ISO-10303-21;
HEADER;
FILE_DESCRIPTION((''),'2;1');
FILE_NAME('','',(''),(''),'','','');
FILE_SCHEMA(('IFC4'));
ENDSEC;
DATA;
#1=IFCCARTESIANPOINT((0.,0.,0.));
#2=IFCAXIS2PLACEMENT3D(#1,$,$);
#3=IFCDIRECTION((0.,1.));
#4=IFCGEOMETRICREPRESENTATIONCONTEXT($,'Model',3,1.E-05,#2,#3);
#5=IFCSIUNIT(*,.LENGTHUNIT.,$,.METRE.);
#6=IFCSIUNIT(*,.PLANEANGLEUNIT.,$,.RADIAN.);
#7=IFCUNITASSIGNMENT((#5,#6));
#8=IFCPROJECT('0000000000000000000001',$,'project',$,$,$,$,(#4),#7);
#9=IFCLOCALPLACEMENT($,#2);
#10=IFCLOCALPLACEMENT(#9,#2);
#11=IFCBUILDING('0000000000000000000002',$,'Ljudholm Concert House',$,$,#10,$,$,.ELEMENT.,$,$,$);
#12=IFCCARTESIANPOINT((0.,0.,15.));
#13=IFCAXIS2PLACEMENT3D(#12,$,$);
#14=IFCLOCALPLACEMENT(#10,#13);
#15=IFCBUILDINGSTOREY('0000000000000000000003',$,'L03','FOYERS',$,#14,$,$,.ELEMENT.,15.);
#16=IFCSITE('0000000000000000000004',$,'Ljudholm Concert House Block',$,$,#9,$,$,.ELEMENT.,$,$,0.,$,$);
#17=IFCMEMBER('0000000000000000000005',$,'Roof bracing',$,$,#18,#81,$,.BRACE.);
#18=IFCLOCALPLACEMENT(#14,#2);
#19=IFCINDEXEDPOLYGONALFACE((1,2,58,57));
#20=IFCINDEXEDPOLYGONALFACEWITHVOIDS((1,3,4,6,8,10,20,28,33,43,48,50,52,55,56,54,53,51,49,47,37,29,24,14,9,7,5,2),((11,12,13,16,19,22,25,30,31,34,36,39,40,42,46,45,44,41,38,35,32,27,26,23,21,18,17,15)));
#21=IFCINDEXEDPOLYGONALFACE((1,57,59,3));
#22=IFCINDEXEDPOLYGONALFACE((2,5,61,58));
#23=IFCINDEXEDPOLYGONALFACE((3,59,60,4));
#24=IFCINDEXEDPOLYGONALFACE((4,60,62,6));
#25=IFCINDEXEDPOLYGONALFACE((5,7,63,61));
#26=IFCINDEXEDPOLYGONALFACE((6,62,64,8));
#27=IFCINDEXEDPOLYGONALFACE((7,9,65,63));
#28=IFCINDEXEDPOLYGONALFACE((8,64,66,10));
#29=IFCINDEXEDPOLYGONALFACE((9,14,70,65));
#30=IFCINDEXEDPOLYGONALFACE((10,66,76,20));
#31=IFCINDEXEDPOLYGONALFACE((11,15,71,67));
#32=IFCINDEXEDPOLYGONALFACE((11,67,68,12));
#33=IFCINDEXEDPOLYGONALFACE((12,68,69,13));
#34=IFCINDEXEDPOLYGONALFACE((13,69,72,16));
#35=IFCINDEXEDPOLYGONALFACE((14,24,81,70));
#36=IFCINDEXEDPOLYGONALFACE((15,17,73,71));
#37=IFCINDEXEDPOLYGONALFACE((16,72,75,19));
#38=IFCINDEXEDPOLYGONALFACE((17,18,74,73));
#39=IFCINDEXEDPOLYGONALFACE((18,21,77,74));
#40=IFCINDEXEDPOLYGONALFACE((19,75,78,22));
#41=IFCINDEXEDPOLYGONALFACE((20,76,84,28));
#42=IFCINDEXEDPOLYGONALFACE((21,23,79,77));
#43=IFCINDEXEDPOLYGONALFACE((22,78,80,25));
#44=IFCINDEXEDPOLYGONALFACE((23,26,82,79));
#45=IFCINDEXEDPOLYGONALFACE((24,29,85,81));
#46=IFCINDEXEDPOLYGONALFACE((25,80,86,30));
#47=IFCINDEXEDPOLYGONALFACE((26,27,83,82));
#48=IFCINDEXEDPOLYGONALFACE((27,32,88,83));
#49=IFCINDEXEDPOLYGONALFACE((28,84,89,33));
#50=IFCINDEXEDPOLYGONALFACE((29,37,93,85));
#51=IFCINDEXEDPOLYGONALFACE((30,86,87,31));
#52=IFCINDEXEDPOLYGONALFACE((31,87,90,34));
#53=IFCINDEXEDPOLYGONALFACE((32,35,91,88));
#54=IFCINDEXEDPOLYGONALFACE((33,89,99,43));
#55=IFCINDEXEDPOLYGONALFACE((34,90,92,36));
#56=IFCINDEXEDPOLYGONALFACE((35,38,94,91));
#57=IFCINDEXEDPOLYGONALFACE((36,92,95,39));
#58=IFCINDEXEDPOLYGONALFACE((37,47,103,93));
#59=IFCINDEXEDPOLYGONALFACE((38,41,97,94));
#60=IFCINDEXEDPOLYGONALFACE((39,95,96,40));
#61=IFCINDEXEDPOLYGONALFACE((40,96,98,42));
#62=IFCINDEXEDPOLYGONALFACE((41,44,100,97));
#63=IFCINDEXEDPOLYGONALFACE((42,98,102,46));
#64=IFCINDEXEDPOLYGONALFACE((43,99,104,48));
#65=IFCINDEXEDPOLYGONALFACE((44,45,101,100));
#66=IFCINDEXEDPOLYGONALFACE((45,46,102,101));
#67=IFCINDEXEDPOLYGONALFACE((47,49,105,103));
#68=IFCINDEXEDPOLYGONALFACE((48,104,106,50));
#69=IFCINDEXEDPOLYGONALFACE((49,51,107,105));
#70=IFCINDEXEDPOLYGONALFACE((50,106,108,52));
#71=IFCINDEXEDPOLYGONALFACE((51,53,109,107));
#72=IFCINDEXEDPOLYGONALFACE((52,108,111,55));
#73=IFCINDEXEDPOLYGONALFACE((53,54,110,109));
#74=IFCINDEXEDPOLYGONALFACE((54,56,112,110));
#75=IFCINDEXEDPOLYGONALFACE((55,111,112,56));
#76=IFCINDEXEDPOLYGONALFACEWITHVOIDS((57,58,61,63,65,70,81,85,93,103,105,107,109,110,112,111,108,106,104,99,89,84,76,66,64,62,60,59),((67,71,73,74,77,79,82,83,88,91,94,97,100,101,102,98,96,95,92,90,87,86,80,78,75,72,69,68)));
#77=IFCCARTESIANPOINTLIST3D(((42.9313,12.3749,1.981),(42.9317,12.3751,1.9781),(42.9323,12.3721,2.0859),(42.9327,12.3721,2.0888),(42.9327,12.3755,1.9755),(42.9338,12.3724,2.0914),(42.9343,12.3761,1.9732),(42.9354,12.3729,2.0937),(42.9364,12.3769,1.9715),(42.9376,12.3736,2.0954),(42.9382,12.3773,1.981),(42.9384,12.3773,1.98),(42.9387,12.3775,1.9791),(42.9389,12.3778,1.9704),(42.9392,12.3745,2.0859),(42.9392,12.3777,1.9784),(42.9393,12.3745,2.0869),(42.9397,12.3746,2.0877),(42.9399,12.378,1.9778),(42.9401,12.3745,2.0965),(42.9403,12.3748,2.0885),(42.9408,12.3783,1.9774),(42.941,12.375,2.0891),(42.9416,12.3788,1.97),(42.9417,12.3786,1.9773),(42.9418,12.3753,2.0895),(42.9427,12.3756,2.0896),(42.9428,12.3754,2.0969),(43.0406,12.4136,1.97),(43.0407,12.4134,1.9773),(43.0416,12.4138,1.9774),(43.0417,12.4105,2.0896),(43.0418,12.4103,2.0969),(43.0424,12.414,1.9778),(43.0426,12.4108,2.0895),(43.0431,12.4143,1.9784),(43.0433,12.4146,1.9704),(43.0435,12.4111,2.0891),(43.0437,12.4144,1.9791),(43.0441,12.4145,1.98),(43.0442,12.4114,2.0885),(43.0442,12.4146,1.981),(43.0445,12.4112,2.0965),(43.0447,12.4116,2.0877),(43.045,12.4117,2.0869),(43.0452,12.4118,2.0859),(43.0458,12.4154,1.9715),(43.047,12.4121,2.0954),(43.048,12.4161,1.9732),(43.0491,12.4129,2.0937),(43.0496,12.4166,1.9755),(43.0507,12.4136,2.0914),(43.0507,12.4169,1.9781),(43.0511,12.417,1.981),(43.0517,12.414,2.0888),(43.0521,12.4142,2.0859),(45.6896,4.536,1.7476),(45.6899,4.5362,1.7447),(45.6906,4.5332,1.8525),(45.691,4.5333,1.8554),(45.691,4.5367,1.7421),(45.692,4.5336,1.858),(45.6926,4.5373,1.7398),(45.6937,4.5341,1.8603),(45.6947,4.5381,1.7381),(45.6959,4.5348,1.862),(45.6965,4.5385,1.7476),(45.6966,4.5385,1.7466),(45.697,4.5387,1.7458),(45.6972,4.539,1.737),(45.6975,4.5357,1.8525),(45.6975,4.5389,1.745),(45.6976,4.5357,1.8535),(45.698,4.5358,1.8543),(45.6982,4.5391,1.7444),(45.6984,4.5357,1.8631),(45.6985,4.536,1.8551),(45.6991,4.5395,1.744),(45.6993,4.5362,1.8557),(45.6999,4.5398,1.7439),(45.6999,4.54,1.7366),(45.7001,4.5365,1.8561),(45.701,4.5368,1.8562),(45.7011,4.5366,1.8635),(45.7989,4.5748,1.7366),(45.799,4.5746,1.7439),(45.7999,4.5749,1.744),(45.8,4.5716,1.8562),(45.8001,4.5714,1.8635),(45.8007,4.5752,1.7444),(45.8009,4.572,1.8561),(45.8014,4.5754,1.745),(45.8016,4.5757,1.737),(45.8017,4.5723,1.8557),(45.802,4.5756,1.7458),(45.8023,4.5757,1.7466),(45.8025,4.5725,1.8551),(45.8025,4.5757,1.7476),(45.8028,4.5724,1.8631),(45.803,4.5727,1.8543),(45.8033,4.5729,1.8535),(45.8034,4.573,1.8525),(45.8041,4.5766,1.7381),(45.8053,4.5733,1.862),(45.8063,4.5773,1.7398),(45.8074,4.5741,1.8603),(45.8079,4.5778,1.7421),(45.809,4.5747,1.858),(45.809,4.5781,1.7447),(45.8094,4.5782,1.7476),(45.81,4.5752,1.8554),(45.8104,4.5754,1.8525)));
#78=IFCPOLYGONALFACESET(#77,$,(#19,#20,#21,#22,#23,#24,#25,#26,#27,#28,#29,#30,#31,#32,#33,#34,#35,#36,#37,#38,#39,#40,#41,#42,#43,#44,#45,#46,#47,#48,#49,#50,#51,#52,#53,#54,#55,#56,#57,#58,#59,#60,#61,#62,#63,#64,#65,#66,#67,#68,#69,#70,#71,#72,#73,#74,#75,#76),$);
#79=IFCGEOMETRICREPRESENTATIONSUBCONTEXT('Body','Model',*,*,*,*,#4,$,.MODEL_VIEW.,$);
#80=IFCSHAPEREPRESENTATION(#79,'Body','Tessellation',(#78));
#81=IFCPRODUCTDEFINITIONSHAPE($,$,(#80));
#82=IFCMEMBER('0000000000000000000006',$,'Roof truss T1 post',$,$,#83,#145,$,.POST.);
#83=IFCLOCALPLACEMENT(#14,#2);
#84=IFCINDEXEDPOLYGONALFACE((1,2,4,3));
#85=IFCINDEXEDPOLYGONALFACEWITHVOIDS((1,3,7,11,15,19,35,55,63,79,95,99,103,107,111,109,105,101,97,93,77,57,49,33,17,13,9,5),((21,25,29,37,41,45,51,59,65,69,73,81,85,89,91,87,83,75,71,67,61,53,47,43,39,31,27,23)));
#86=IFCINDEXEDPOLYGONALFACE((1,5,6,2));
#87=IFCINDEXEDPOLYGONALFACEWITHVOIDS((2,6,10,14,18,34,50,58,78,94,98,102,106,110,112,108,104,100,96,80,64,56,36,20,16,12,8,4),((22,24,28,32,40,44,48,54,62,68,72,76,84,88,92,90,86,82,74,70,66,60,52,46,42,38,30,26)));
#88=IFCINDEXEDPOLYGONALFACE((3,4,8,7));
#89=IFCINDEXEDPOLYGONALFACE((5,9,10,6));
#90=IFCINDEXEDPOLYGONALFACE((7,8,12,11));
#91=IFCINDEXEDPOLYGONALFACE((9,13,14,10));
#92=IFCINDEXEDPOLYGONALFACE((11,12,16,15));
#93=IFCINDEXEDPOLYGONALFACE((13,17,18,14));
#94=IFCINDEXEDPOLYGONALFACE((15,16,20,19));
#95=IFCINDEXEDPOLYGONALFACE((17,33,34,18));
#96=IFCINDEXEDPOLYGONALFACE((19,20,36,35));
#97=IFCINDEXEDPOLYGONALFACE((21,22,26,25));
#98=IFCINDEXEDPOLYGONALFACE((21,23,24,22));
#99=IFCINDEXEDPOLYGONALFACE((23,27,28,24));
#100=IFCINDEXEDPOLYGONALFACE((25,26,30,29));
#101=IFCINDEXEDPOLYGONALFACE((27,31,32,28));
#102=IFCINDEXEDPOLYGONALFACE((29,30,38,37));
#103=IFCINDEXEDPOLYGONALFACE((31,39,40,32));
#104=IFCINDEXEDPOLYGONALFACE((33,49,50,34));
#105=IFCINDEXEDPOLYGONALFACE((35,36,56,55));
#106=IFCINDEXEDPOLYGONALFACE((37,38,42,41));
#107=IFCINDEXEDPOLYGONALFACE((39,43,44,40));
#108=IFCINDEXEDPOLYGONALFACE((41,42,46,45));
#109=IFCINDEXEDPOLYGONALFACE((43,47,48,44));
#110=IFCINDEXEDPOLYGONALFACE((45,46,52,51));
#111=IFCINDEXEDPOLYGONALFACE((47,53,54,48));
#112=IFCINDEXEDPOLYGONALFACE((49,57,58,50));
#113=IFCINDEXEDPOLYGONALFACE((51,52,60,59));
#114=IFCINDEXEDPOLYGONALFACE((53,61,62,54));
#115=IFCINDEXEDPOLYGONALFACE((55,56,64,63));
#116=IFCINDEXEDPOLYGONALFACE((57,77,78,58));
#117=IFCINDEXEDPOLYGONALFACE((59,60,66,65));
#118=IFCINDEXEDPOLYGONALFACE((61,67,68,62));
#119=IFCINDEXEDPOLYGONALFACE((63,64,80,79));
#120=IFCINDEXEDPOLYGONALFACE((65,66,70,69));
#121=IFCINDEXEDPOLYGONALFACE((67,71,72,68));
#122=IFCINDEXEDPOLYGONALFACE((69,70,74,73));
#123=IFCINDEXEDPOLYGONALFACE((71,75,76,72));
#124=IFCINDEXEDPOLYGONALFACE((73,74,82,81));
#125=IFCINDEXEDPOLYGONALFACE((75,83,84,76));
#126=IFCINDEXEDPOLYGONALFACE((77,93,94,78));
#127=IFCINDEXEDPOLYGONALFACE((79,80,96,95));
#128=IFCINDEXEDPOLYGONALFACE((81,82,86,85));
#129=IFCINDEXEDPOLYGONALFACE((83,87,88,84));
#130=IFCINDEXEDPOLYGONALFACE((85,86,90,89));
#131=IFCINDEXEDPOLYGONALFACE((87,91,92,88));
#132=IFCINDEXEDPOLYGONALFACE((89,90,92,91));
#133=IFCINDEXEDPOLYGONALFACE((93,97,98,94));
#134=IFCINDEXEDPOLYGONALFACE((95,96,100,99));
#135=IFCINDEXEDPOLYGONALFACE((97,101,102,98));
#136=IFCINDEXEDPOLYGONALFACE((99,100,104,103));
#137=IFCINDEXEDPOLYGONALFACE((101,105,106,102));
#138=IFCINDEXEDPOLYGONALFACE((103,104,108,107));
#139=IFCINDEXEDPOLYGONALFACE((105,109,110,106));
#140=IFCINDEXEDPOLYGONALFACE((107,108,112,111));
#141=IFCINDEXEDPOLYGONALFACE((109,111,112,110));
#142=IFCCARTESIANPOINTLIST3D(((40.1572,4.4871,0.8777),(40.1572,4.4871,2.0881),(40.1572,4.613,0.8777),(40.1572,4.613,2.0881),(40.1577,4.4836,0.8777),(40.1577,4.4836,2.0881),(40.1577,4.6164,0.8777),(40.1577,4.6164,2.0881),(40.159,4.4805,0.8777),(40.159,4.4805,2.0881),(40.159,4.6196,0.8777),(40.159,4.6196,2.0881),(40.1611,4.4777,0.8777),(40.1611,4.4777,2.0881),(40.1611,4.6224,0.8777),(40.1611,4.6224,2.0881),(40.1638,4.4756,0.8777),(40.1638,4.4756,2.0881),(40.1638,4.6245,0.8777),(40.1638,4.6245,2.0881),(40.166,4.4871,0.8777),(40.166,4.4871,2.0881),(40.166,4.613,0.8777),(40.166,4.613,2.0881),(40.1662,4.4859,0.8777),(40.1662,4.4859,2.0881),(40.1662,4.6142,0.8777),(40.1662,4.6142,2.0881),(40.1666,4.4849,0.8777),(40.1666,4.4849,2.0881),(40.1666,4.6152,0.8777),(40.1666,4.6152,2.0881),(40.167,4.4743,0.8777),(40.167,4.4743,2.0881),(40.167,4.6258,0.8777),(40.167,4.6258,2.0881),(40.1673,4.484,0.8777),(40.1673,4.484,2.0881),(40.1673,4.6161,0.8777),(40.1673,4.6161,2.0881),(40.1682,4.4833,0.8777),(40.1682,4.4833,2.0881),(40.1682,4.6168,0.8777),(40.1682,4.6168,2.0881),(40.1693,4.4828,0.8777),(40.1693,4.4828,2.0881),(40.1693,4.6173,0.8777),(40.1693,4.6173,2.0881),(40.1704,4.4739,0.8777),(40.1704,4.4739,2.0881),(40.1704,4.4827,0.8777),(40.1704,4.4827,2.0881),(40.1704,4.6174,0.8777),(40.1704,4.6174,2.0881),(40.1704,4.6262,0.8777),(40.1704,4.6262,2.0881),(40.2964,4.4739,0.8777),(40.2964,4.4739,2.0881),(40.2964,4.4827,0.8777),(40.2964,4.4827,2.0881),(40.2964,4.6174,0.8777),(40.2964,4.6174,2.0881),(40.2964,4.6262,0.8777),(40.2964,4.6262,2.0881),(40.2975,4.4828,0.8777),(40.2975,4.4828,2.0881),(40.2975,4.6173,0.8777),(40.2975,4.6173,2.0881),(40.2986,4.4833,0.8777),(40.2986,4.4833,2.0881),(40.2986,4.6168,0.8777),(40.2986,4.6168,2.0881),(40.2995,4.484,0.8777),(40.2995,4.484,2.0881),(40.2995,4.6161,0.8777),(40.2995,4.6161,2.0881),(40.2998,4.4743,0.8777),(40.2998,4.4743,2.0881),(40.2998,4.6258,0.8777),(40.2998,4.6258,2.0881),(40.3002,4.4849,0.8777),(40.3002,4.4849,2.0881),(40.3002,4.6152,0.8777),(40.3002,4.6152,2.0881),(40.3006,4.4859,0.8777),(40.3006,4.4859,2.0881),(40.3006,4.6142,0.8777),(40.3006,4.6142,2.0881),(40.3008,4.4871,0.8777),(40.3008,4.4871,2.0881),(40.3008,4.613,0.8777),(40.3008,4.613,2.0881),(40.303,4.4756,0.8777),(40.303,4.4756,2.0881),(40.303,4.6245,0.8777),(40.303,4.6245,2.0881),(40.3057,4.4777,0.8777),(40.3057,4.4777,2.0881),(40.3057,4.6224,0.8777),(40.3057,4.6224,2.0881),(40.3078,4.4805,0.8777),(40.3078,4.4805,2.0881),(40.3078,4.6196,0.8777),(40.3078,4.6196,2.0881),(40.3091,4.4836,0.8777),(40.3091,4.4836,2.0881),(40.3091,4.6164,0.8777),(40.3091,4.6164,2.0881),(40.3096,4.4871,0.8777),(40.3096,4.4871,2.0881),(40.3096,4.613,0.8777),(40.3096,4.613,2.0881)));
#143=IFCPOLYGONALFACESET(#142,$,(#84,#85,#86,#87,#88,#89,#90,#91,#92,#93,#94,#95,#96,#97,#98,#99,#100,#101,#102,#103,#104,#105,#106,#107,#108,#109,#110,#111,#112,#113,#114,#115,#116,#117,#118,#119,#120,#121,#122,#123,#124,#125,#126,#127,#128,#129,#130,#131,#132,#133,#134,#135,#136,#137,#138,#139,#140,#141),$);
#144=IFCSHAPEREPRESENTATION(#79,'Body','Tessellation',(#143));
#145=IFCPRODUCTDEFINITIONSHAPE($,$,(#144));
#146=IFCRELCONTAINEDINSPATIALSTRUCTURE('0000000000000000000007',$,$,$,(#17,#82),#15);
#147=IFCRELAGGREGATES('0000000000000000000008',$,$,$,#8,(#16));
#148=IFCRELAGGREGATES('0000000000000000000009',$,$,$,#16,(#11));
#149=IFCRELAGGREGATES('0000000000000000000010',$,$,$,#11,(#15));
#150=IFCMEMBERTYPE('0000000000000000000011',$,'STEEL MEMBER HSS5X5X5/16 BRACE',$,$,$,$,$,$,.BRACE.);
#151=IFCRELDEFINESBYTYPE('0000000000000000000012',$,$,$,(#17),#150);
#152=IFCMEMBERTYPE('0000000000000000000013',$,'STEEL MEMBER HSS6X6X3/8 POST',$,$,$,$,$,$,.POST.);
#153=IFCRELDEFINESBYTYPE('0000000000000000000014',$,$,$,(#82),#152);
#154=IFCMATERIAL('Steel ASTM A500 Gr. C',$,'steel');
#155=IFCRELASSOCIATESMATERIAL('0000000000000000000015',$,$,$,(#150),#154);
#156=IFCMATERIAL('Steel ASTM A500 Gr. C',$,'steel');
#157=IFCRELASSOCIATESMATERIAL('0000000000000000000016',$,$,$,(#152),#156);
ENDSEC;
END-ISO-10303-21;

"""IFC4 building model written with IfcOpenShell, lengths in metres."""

from ifc_helpers import new_model, si_unit, direction, frame, origin, origin_2d, place, context, subcontext, project, spatial, hollow_rectangle, extrude, material, material_profile, profile_set, type_object, element, save


model = new_model("IFC4")

# Units and contexts
model_context = context("Model", 3, precision=1e-05, world=origin(), true_north=direction((0.0, 1.0)))
body_context = subcontext(model_context, "Body", "Model", "MODEL_VIEW")
ifc_project = project(units=[si_unit("LENGTHUNIT", "METRE"), si_unit("PLANEANGLEUNIT", "RADIAN")], contexts=[model_context])

# Site, building, storey
site_placement = place(None, origin())
site = spatial("IfcSite", under=ifc_project, at=site_placement, Name="Ljudholm Concert House Block", CompositionType="ELEMENT", RefElevation=0.0)
building_placement = place(site_placement, origin())
building = spatial("IfcBuilding", under=site, at=building_placement, Name="Ljudholm Concert House", CompositionType="ELEMENT")
storey_placement = place(building_placement, frame((0.0, 0.0, 15.0)))
storey = spatial("IfcBuildingStorey", under=building, at=storey_placement, Name="L03", Description="FOYERS", CompositionType="ELEMENT", Elevation=15.0)

# Members
ifc_material_1 = material(Name="Steel ASTM A500 Gr. C", Category="steel")
ifc_material_profile_1 = material_profile(ifc_material_1, hollow_rectangle(XDim=0.127, YDim=0.127, WallThickness=0.0073, InnerFilletRadius=0.0037, OuterFilletRadius=0.011, at=origin_2d()), Name="HSS5X5X5/16")
ifc_profile_set_1 = profile_set([ifc_material_profile_1], Name="Steel ASTM A500 Gr. C")
member_type_1 = type_object("IfcMemberType", Name="STEEL MEMBER HSS5X5X5/16 BRACE", PredefinedType="BRACE", material=ifc_profile_set_1)
for number, where, z_axis, x_axis, name in (
    (1, (42.9917, 12.3945, 2.0334), (0.331795, -0.942934, -0.028075), (0.943306, 0.331926, 0.0), "Roof bracing"),
):
    element("IfcMember", number, at=place(storey_placement, frame(where, z_axis=z_axis, x_axis=x_axis)), inside=storey, type_object=member_type_1, Name=name, PredefinedType="BRACE", context=body_context, shape_type="SweptSolid", body=[
        extrude(hollow_rectangle(XDim=0.127, YDim=0.127, WallThickness=0.0073, InnerFilletRadius=0.0037, OuterFilletRadius=0.011, at=origin_2d()), origin(), (0.0, 0.0, 1.0), 8.3132),
    ])
ifc_material_2 = material(Name="Steel ASTM A500 Gr. C", Category="steel")
ifc_material_profile_2 = material_profile(ifc_material_2, hollow_rectangle(XDim=0.1523, YDim=0.1523, WallThickness=0.0088, InnerFilletRadius=0.0044, OuterFilletRadius=0.0132, at=origin_2d()), Name="HSS6X6X3/8")
ifc_profile_set_2 = profile_set([ifc_material_profile_2], Name="Steel ASTM A500 Gr. C")
member_type_2 = type_object("IfcMemberType", Name="STEEL MEMBER HSS6X6X3/8 POST", PredefinedType="POST", material=ifc_profile_set_2)
member_1_placement = place(storey_placement, frame((40.2334, 4.55, 0.8777), z_axis=(0.0, 0.0, 1.0), x_axis=(1.0, 0.0, 0.0)))
element("IfcMember", 2, at=member_1_placement, inside=storey, type_object=member_type_2, Name="Roof truss T1 post", PredefinedType="POST", context=body_context, shape_type="SweptSolid", body=[
    extrude(hollow_rectangle(XDim=0.1523, YDim=0.1523, WallThickness=0.0088, InnerFilletRadius=0.0044, OuterFilletRadius=0.0132, at=origin_2d()), origin(), (0.0, 0.0, 1.0), 1.2104),
])

save(model, "model.ifc")
